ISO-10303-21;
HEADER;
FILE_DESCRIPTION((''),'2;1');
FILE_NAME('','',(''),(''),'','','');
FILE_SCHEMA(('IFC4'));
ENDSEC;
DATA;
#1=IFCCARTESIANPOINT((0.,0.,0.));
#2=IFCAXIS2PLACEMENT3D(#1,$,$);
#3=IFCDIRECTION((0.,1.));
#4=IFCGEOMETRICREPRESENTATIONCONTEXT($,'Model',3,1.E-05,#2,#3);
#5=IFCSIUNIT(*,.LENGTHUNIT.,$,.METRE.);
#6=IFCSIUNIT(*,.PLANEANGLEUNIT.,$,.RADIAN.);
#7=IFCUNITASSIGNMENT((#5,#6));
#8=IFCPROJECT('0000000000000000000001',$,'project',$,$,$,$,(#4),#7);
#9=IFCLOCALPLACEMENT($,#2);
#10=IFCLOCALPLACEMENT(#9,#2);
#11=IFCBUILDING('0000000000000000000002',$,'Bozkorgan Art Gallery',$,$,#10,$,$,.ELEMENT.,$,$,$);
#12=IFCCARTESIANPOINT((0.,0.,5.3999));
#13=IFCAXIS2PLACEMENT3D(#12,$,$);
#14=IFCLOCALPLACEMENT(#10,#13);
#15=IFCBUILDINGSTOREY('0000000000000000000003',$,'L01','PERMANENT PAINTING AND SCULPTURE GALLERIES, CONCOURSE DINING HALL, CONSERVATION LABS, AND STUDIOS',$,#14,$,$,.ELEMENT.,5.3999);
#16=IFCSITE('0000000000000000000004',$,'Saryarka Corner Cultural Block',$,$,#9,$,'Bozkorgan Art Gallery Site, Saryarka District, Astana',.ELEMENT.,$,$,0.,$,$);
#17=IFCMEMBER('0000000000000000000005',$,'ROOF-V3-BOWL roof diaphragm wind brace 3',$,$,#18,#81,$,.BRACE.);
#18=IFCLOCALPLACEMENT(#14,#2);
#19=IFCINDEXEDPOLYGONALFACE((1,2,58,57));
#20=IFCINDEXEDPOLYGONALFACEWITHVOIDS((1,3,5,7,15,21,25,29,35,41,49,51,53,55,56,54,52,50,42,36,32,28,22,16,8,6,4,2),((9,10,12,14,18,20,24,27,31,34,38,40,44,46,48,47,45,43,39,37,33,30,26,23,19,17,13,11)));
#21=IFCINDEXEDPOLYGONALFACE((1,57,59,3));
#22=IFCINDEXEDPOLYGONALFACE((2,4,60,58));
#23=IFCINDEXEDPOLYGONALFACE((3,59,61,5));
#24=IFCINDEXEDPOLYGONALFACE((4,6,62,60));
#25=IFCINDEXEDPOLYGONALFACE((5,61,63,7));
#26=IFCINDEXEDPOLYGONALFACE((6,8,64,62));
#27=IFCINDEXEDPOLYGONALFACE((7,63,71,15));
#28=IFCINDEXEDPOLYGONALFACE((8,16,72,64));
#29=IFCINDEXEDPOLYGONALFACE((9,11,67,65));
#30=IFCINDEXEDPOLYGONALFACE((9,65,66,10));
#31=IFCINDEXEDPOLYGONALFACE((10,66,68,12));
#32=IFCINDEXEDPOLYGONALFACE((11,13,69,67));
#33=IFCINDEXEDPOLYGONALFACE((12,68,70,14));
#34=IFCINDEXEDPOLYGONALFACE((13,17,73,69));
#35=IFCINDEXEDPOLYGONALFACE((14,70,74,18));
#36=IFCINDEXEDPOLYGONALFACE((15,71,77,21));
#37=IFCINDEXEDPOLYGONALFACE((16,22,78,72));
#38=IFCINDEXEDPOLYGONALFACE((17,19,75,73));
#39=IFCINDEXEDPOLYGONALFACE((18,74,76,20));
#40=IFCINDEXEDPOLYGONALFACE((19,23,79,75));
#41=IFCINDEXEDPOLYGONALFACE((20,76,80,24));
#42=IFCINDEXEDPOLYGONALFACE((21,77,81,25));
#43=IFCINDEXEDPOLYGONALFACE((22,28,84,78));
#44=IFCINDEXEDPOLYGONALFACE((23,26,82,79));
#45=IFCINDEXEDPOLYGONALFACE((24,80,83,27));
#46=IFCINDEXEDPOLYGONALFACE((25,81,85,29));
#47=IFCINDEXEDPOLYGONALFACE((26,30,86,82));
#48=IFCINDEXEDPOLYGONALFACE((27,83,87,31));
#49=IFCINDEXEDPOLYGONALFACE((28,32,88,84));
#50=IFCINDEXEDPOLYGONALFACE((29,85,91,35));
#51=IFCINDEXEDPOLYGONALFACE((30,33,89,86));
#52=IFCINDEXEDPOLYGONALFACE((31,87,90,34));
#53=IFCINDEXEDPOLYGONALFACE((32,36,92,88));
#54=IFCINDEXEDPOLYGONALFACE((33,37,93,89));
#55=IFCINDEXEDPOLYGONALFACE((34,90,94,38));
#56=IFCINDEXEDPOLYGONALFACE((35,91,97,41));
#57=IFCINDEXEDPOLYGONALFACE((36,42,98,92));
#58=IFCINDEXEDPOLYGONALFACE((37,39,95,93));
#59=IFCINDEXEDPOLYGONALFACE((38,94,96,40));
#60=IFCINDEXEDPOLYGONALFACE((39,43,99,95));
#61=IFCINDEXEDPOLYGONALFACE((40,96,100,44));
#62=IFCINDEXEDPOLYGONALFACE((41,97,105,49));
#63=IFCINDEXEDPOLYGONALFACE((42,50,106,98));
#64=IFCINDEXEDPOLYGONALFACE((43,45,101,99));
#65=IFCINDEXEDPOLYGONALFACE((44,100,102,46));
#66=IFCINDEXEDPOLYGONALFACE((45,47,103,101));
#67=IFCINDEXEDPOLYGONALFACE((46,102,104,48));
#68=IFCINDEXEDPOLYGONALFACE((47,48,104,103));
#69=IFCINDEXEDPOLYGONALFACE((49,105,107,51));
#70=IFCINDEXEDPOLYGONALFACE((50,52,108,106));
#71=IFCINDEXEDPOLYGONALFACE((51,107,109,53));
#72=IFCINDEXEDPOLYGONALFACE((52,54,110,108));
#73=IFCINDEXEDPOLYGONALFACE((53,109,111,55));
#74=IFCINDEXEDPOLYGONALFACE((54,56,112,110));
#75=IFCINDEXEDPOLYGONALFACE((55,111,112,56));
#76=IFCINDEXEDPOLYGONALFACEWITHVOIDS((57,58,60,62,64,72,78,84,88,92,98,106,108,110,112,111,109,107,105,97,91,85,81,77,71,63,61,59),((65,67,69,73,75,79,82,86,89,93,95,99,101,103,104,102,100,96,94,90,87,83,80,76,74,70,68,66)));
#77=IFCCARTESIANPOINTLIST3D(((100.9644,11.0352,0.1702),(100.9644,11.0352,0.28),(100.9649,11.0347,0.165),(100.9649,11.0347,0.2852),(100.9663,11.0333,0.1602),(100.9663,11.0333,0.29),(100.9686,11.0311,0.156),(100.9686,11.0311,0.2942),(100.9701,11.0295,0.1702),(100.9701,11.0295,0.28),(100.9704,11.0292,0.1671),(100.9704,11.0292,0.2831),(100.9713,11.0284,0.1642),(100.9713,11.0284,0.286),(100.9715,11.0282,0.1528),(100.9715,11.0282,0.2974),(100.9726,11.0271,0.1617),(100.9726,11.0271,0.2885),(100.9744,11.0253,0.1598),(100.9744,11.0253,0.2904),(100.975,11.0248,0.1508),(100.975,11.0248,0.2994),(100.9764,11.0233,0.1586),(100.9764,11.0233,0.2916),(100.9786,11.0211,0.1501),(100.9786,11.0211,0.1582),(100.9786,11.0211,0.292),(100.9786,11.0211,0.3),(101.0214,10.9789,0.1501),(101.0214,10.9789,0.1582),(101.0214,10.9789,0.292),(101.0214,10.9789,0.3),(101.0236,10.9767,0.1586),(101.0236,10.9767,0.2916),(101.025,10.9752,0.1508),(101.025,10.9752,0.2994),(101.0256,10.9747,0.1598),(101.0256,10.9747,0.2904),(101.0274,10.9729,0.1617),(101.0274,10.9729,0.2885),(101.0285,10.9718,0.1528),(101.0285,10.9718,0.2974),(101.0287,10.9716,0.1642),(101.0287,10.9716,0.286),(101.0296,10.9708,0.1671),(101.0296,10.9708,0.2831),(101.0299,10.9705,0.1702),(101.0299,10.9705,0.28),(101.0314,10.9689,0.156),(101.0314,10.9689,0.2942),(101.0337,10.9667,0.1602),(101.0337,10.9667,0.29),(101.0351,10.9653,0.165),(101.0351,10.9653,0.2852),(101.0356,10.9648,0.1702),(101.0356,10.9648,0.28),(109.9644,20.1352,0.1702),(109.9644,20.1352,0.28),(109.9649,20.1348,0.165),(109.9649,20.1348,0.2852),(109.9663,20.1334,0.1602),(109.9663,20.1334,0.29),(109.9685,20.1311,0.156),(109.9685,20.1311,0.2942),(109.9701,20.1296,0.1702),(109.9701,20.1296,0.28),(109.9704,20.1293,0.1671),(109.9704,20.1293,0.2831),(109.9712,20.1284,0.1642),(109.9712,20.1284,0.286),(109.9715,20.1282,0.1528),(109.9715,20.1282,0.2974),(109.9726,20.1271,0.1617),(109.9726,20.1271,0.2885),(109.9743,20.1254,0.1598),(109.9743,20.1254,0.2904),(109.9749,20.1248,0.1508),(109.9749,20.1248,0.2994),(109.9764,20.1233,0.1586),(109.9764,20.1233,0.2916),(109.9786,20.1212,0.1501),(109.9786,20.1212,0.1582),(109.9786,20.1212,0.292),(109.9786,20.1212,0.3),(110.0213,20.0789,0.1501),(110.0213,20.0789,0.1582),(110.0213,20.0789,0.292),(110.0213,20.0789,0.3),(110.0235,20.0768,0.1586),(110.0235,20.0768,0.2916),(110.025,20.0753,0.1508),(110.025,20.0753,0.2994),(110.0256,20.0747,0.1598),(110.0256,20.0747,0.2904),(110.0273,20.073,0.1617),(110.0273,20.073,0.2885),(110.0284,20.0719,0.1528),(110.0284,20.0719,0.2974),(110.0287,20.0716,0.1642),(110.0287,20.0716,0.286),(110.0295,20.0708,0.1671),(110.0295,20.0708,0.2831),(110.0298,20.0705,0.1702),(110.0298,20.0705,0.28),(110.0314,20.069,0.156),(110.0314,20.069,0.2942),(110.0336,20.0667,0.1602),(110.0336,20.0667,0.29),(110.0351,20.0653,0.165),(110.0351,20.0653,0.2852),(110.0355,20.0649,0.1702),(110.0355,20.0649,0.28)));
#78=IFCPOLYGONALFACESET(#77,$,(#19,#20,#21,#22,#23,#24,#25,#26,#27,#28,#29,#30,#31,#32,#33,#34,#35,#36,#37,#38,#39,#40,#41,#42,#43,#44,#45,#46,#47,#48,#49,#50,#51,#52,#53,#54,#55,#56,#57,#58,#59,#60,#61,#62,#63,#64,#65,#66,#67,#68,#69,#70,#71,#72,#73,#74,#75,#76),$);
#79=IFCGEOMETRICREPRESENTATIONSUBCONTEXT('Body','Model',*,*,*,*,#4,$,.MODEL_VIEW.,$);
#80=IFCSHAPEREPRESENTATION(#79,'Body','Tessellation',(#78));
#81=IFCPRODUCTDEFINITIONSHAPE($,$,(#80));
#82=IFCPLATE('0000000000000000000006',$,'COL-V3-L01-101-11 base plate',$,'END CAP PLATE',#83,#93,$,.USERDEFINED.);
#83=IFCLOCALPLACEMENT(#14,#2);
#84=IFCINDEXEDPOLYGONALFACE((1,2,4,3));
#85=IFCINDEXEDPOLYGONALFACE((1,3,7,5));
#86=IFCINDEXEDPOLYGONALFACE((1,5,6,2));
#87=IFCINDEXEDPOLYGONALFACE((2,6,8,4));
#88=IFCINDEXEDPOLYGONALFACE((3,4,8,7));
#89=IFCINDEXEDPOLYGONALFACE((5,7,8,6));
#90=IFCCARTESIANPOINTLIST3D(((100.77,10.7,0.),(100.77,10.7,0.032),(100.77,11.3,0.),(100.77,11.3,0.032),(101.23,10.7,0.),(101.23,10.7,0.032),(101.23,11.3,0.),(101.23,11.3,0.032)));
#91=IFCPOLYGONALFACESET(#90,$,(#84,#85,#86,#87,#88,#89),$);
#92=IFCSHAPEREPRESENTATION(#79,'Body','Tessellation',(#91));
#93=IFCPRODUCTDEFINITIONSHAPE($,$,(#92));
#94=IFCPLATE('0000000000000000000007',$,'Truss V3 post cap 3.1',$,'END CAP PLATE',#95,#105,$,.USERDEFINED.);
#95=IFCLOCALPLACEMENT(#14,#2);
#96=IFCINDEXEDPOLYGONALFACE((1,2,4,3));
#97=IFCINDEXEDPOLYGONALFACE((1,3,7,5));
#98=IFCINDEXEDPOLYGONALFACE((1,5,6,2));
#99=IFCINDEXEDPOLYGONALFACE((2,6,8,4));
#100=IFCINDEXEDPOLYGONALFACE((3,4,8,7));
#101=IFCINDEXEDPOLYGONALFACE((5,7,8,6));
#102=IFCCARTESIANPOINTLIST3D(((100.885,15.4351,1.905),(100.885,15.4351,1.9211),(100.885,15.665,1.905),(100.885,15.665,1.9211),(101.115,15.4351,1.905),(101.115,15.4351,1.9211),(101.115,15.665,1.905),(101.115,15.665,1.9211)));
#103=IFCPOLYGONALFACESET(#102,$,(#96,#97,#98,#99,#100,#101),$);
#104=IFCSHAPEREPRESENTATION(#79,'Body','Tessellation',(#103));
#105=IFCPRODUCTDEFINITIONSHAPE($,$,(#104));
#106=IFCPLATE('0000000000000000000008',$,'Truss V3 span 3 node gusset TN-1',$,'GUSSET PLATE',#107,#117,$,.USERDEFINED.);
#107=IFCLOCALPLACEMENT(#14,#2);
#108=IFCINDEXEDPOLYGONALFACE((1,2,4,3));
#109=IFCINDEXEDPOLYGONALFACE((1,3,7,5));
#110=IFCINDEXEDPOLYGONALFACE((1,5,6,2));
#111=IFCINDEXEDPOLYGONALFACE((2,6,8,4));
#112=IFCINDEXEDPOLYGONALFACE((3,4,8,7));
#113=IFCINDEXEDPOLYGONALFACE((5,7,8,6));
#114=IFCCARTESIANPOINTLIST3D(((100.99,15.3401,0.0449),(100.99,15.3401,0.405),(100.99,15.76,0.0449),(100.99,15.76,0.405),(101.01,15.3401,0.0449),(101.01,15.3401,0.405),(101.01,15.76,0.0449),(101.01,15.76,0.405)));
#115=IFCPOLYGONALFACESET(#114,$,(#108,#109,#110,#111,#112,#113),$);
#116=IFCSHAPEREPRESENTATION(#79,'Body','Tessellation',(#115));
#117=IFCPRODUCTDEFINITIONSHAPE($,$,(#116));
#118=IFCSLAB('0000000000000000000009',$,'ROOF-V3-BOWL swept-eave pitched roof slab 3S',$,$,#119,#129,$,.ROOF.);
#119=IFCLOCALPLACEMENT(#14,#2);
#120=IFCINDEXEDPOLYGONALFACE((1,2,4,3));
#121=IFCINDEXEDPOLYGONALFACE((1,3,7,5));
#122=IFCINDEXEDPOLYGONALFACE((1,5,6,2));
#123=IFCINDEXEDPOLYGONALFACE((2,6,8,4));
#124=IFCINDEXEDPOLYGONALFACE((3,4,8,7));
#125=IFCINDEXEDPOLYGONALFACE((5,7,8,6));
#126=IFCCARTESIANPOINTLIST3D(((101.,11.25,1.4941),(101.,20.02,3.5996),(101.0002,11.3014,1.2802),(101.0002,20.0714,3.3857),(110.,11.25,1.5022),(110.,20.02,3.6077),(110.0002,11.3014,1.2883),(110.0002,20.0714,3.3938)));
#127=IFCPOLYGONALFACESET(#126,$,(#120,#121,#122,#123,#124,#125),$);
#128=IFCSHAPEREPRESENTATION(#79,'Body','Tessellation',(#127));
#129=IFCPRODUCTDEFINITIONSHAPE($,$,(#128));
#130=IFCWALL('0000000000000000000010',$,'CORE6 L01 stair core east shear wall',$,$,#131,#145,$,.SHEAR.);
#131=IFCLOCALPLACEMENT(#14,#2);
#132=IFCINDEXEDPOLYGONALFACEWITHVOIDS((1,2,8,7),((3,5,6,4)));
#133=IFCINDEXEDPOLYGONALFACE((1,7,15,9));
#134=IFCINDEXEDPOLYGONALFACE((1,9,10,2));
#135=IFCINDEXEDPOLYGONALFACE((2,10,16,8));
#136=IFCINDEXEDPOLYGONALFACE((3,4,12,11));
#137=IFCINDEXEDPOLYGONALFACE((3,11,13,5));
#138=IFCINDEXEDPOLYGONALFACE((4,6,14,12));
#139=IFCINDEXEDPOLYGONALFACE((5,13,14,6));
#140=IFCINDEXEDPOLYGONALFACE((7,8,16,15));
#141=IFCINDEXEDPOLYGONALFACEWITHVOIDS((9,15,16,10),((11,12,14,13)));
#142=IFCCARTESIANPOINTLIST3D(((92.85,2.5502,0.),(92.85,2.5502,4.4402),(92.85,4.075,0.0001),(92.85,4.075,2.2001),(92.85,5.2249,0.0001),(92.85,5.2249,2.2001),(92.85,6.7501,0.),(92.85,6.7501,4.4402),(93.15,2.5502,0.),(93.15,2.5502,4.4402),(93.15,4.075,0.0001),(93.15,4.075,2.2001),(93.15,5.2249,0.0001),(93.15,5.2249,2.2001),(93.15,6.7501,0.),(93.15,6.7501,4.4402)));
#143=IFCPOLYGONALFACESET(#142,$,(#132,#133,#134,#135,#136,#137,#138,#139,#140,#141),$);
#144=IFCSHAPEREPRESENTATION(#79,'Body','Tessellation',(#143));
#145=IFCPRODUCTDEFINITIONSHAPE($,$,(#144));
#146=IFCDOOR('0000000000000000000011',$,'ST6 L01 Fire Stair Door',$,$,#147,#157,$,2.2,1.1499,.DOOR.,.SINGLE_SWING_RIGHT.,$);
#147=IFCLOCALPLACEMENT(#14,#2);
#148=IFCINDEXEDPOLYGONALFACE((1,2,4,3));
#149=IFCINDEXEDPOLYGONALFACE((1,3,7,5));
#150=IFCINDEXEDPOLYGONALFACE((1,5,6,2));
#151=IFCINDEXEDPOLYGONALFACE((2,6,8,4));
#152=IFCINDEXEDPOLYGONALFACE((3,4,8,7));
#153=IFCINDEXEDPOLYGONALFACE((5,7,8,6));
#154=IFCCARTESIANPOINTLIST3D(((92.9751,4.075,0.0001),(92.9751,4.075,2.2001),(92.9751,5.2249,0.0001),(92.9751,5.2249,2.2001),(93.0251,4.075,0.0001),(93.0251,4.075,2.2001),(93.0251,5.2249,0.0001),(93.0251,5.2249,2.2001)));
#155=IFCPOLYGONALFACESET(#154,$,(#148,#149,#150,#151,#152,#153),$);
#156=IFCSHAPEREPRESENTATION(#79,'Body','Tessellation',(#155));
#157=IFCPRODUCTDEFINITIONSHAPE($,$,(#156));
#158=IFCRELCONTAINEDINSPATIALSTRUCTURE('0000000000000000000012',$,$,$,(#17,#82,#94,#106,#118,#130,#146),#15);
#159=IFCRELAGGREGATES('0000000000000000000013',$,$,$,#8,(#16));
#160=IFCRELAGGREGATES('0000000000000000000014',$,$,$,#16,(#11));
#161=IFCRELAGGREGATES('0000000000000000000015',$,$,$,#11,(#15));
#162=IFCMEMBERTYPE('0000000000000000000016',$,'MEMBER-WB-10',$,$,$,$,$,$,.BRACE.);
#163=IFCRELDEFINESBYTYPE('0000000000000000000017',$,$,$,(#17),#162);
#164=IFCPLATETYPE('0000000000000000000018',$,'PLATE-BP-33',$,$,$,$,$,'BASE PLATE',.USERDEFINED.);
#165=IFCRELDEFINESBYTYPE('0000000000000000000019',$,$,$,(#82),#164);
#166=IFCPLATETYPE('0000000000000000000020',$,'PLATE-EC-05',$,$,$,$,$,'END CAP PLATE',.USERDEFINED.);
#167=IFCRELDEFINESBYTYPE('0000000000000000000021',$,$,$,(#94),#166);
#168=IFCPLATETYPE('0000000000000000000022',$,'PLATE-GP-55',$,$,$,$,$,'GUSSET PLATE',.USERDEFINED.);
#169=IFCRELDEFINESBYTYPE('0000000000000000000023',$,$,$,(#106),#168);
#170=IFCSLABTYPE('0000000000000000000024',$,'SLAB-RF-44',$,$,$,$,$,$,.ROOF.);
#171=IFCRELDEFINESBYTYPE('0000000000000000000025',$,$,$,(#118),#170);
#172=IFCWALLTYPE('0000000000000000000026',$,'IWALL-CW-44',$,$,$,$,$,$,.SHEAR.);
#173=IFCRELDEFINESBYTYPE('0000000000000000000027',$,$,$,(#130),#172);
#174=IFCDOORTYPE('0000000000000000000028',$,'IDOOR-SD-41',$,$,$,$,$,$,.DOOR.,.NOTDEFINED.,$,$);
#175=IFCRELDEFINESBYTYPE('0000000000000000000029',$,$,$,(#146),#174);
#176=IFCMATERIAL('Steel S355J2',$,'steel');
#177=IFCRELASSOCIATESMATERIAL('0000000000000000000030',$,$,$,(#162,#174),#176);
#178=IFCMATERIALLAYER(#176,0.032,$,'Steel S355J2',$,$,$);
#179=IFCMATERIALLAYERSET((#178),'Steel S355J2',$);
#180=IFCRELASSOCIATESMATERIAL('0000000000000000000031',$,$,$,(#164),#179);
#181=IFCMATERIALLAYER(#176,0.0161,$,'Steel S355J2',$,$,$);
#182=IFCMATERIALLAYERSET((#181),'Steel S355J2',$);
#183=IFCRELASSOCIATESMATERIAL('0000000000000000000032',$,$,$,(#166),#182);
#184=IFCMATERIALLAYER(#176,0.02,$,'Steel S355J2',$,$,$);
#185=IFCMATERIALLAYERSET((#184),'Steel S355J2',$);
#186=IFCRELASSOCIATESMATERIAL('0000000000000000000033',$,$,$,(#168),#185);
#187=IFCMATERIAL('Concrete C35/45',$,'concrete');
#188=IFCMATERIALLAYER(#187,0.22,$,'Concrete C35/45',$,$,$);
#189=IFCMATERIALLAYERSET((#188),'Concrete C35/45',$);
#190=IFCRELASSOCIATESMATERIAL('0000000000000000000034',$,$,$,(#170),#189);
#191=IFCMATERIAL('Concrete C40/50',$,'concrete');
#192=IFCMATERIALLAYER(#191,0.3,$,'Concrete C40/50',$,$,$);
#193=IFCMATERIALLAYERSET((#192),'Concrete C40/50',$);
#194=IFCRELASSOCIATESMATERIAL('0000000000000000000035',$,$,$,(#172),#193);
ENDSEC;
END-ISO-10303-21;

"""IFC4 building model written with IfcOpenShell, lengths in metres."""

from ifc_helpers import new_model, si_unit, direction, frame, frame_2d, origin, origin_2d, place, context, subcontext, project, spatial, polyline, rectangle, hollow_rectangle, outline, extrude, material, layer, layer_set, material_profile, profile_set, type_object, element, fill, save


model = new_model("IFC4")

# Units and contexts
model_context = context("Model", 3, precision=1e-05, world=origin(), true_north=direction((0.0, 1.0)))
body_context = subcontext(model_context, "Body", "Model", "MODEL_VIEW")
ifc_project = project(units=[si_unit("LENGTHUNIT", "METRE"), si_unit("PLANEANGLEUNIT", "RADIAN")], contexts=[model_context])

# Site, building, storey
site_placement = place(None, origin())
site = spatial("IfcSite", under=ifc_project, at=site_placement, Name="Saryarka Corner Cultural Block", LongName="Bozkorgan Art Gallery Site, Saryarka District, Astana", CompositionType="ELEMENT", RefElevation=0.0)
building_placement = place(site_placement, origin())
building = spatial("IfcBuilding", under=site, at=building_placement, Name="Bozkorgan Art Gallery", CompositionType="ELEMENT")
storey_placement = place(building_placement, frame((0.0, 0.0, 5.3999)))
storey = spatial("IfcBuildingStorey", under=building, at=storey_placement, Name="L01", Description="PERMANENT PAINTING AND SCULPTURE GALLERIES, CONCOURSE DINING HALL, CONSERVATION LABS, AND STUDIOS", CompositionType="ELEMENT", Elevation=5.3999)

# Shared definitions
ifc_material_1 = material(Name="Steel S355J2", Category="steel")

# Member
ifc_material_profile_1 = material_profile(ifc_material_1, hollow_rectangle(XDim=0.1001, YDim=0.1499, WallThickness=0.0081, InnerFilletRadius=0.012, OuterFilletRadius=0.02, at=origin_2d()), Name="RHS 150x100x8")
ifc_profile_set_1 = profile_set([ifc_material_profile_1], Name="Steel S355J2")
member_type_1 = type_object("IfcMemberType", Name="MEMBER-WB-10", PredefinedType="BRACE", material=ifc_profile_set_1)
member_1_placement = place(storey_placement, frame((101.0, 11.0, 0.2251), z_axis=(0.703186, 0.711006, 0.0), x_axis=(-0.711006, 0.703186, 0.0)))
element("IfcMember", 1, at=member_1_placement, inside=storey, type_object=member_type_1, Name="ROOF-V3-BOWL roof diaphragm wind brace 3", PredefinedType="BRACE", context=body_context, shape_type="SweptSolid", body=[
    extrude(hollow_rectangle(XDim=0.1001, YDim=0.1499, WallThickness=0.0081, InnerFilletRadius=0.012, OuterFilletRadius=0.02, at=origin_2d()), origin(), (0.0, 0.0, 1.0), 12.7988),
])

# Plates
ifc_layer_1 = layer(ifc_material_1, 0.032, Name="Steel S355J2")
ifc_layer_set_1 = layer_set([ifc_layer_1], Name="Steel S355J2")
plate_type_1 = type_object("IfcPlateType", Name="PLATE-BP-33", ElementType="BASE PLATE", PredefinedType="USERDEFINED", material=ifc_layer_set_1)
plate_1_placement = place(storey_placement, frame((101.0, 11.0, 0.0), z_axis=(0.0, 0.0, 1.0), x_axis=(1.0, 0.0, 0.0)))
element("IfcPlate", 2, at=plate_1_placement, inside=storey, type_object=plate_type_1, Name="COL-V3-L01-101-11 base plate", ObjectType="END CAP PLATE", PredefinedType="USERDEFINED", context=body_context, shape_type="SweptSolid", body=[
    extrude(rectangle(XDim=0.46, YDim=0.6001, at=origin_2d()), origin(), (0.0, 0.0, 1.0), 0.032),
])
ifc_layer_2 = layer(ifc_material_1, 0.0161, Name="Steel S355J2")
ifc_layer_set_2 = layer_set([ifc_layer_2], Name="Steel S355J2")
plate_type_2 = type_object("IfcPlateType", Name="PLATE-EC-05", ElementType="END CAP PLATE", PredefinedType="USERDEFINED", material=ifc_layer_set_2)
plate_2_placement = place(storey_placement, frame((101.0, 15.55, 1.905), z_axis=(0.0, 0.0, 1.0), x_axis=(1.0, 0.0, 0.0)))
element("IfcPlate", 3, at=plate_2_placement, inside=storey, type_object=plate_type_2, Name="Truss V3 post cap 3.1", ObjectType="END CAP PLATE", PredefinedType="USERDEFINED", context=body_context, shape_type="SweptSolid", body=[
    extrude(rectangle(XDim=0.23, YDim=0.23, at=origin_2d()), origin(), (0.0, 0.0, 1.0), 0.0161),
])
ifc_layer_3 = layer(ifc_material_1, 0.02, Name="Steel S355J2")
ifc_layer_set_3 = layer_set([ifc_layer_3], Name="Steel S355J2")
plate_type_3 = type_object("IfcPlateType", Name="PLATE-GP-55", ElementType="GUSSET PLATE", PredefinedType="USERDEFINED", material=ifc_layer_set_3)
plate_3_placement = place(storey_placement, frame((101.0, 15.55, 0.0449), z_axis=(0.0, 0.0, 1.0), x_axis=(1.0, 0.0, 0.0)))
element("IfcPlate", 4, at=plate_3_placement, inside=storey, type_object=plate_type_3, Name="Truss V3 span 3 node gusset TN-1", ObjectType="GUSSET PLATE", PredefinedType="USERDEFINED", context=body_context, shape_type="SweptSolid", body=[
    extrude(rectangle(XDim=0.02, YDim=0.4199, at=origin_2d()), origin(), (0.0, 0.0, 1.0), 0.3601),
])

# Slab
ifc_material_2 = material(Name="Concrete C35/45", Category="concrete")
ifc_layer_4 = layer(ifc_material_2, 0.22, Name="Concrete C35/45")
ifc_layer_set_4 = layer_set([ifc_layer_4], Name="Concrete C35/45")
slab_type = type_object("IfcSlabType", Name="SLAB-RF-44", PredefinedType="ROOF", material=ifc_layer_set_4)
slab_placement = place(storey_placement, frame((101.0, 11.25, 1.4941), z_axis=(-0.00087, -0.233442, 0.97237), x_axis=(1.0, 0.0, 0.000895)))
element("IfcSlab", 5, at=slab_placement, inside=storey, type_object=slab_type, Name="ROOF-V3-BOWL swept-eave pitched roof slab 3S", PredefinedType="ROOF", context=body_context, shape_type="SweptSolid", body=[
    extrude(outline(polyline([(0.0, 0.0), (9.0, 0.0), (9.0019, 9.0192), (0.0019, 9.0192), (0.0, 0.0)])), origin(), (0.0, 0.0, -1.0), 0.22),
])

# Wall, opening, door
ifc_material_3 = material(Name="Concrete C40/50", Category="concrete")
ifc_layer_5 = layer(ifc_material_3, 0.3, Name="Concrete C40/50")
ifc_layer_set_5 = layer_set([ifc_layer_5], Name="Concrete C40/50")
wall_type_1 = type_object("IfcWallType", Name="IWALL-CW-44", PredefinedType="SHEAR", material=ifc_layer_set_5)
wall_1_placement = place(storey_placement, frame((93.0, 2.55, 0.0), z_axis=(0.0, 0.0, 1.0), x_axis=(0.0, 1.0, 0.0)))
wall_1 = element("IfcWall", 6, at=wall_1_placement, inside=storey, type_object=wall_type_1, Name="CORE6 L01 stair core east shear wall", PredefinedType="SHEAR", context=body_context, shape_type="SweptSolid", body=[
    extrude(rectangle(XDim=4.2, YDim=0.3, at=frame_2d((2.1001, 0.0))), origin(), (0.0, 0.0, 1.0), 4.4402),
])
opening_1_placement = place(wall_1_placement, frame((1.5249, 0.0, 0.0)))
opening_1 = element("IfcOpeningElement", 7, at=opening_1_placement, cuts=wall_1, PredefinedType="OPENING", context=body_context, shape_type="SweptSolid", body=[
    extrude(rectangle(XDim=1.1499, YDim=2.2, at=frame_2d((0.575, 1.1001))), frame((0.0, 0.1602, 0.0), z_axis=(0.0, -1.0, 0.0), x_axis=(1.0, 0.0, 0.0)), (0.0, 0.0, 1.0), 0.3201),
])
door_type_1 = type_object("IfcDoorType", Name="IDOOR-SD-41", OperationType="NOTDEFINED", PredefinedType="DOOR", material=ifc_material_1)
door_1_placement = place(opening_1_placement, origin())
door_1 = element("IfcDoor", 8, at=door_1_placement, inside=storey, type_object=door_type_1, Name="ST6 L01 Fire Stair Door", OperationType="SINGLE_SWING_RIGHT", OverallHeight=2.2, OverallWidth=1.1499, PredefinedType="DOOR", context=body_context, shape_type="SweptSolid", body=[
    extrude(rectangle(XDim=1.1499, YDim=2.2, at=frame_2d((0.575, 1.1001))), frame((0.0, 0.0249, 0.0), z_axis=(0.0, -1.0, 0.0), x_axis=(1.0, 0.0, 0.0)), (0.0, 0.0, 1.0), 0.05),
])
fill(opening_1, door_1)

save(model, "model.ifc")
